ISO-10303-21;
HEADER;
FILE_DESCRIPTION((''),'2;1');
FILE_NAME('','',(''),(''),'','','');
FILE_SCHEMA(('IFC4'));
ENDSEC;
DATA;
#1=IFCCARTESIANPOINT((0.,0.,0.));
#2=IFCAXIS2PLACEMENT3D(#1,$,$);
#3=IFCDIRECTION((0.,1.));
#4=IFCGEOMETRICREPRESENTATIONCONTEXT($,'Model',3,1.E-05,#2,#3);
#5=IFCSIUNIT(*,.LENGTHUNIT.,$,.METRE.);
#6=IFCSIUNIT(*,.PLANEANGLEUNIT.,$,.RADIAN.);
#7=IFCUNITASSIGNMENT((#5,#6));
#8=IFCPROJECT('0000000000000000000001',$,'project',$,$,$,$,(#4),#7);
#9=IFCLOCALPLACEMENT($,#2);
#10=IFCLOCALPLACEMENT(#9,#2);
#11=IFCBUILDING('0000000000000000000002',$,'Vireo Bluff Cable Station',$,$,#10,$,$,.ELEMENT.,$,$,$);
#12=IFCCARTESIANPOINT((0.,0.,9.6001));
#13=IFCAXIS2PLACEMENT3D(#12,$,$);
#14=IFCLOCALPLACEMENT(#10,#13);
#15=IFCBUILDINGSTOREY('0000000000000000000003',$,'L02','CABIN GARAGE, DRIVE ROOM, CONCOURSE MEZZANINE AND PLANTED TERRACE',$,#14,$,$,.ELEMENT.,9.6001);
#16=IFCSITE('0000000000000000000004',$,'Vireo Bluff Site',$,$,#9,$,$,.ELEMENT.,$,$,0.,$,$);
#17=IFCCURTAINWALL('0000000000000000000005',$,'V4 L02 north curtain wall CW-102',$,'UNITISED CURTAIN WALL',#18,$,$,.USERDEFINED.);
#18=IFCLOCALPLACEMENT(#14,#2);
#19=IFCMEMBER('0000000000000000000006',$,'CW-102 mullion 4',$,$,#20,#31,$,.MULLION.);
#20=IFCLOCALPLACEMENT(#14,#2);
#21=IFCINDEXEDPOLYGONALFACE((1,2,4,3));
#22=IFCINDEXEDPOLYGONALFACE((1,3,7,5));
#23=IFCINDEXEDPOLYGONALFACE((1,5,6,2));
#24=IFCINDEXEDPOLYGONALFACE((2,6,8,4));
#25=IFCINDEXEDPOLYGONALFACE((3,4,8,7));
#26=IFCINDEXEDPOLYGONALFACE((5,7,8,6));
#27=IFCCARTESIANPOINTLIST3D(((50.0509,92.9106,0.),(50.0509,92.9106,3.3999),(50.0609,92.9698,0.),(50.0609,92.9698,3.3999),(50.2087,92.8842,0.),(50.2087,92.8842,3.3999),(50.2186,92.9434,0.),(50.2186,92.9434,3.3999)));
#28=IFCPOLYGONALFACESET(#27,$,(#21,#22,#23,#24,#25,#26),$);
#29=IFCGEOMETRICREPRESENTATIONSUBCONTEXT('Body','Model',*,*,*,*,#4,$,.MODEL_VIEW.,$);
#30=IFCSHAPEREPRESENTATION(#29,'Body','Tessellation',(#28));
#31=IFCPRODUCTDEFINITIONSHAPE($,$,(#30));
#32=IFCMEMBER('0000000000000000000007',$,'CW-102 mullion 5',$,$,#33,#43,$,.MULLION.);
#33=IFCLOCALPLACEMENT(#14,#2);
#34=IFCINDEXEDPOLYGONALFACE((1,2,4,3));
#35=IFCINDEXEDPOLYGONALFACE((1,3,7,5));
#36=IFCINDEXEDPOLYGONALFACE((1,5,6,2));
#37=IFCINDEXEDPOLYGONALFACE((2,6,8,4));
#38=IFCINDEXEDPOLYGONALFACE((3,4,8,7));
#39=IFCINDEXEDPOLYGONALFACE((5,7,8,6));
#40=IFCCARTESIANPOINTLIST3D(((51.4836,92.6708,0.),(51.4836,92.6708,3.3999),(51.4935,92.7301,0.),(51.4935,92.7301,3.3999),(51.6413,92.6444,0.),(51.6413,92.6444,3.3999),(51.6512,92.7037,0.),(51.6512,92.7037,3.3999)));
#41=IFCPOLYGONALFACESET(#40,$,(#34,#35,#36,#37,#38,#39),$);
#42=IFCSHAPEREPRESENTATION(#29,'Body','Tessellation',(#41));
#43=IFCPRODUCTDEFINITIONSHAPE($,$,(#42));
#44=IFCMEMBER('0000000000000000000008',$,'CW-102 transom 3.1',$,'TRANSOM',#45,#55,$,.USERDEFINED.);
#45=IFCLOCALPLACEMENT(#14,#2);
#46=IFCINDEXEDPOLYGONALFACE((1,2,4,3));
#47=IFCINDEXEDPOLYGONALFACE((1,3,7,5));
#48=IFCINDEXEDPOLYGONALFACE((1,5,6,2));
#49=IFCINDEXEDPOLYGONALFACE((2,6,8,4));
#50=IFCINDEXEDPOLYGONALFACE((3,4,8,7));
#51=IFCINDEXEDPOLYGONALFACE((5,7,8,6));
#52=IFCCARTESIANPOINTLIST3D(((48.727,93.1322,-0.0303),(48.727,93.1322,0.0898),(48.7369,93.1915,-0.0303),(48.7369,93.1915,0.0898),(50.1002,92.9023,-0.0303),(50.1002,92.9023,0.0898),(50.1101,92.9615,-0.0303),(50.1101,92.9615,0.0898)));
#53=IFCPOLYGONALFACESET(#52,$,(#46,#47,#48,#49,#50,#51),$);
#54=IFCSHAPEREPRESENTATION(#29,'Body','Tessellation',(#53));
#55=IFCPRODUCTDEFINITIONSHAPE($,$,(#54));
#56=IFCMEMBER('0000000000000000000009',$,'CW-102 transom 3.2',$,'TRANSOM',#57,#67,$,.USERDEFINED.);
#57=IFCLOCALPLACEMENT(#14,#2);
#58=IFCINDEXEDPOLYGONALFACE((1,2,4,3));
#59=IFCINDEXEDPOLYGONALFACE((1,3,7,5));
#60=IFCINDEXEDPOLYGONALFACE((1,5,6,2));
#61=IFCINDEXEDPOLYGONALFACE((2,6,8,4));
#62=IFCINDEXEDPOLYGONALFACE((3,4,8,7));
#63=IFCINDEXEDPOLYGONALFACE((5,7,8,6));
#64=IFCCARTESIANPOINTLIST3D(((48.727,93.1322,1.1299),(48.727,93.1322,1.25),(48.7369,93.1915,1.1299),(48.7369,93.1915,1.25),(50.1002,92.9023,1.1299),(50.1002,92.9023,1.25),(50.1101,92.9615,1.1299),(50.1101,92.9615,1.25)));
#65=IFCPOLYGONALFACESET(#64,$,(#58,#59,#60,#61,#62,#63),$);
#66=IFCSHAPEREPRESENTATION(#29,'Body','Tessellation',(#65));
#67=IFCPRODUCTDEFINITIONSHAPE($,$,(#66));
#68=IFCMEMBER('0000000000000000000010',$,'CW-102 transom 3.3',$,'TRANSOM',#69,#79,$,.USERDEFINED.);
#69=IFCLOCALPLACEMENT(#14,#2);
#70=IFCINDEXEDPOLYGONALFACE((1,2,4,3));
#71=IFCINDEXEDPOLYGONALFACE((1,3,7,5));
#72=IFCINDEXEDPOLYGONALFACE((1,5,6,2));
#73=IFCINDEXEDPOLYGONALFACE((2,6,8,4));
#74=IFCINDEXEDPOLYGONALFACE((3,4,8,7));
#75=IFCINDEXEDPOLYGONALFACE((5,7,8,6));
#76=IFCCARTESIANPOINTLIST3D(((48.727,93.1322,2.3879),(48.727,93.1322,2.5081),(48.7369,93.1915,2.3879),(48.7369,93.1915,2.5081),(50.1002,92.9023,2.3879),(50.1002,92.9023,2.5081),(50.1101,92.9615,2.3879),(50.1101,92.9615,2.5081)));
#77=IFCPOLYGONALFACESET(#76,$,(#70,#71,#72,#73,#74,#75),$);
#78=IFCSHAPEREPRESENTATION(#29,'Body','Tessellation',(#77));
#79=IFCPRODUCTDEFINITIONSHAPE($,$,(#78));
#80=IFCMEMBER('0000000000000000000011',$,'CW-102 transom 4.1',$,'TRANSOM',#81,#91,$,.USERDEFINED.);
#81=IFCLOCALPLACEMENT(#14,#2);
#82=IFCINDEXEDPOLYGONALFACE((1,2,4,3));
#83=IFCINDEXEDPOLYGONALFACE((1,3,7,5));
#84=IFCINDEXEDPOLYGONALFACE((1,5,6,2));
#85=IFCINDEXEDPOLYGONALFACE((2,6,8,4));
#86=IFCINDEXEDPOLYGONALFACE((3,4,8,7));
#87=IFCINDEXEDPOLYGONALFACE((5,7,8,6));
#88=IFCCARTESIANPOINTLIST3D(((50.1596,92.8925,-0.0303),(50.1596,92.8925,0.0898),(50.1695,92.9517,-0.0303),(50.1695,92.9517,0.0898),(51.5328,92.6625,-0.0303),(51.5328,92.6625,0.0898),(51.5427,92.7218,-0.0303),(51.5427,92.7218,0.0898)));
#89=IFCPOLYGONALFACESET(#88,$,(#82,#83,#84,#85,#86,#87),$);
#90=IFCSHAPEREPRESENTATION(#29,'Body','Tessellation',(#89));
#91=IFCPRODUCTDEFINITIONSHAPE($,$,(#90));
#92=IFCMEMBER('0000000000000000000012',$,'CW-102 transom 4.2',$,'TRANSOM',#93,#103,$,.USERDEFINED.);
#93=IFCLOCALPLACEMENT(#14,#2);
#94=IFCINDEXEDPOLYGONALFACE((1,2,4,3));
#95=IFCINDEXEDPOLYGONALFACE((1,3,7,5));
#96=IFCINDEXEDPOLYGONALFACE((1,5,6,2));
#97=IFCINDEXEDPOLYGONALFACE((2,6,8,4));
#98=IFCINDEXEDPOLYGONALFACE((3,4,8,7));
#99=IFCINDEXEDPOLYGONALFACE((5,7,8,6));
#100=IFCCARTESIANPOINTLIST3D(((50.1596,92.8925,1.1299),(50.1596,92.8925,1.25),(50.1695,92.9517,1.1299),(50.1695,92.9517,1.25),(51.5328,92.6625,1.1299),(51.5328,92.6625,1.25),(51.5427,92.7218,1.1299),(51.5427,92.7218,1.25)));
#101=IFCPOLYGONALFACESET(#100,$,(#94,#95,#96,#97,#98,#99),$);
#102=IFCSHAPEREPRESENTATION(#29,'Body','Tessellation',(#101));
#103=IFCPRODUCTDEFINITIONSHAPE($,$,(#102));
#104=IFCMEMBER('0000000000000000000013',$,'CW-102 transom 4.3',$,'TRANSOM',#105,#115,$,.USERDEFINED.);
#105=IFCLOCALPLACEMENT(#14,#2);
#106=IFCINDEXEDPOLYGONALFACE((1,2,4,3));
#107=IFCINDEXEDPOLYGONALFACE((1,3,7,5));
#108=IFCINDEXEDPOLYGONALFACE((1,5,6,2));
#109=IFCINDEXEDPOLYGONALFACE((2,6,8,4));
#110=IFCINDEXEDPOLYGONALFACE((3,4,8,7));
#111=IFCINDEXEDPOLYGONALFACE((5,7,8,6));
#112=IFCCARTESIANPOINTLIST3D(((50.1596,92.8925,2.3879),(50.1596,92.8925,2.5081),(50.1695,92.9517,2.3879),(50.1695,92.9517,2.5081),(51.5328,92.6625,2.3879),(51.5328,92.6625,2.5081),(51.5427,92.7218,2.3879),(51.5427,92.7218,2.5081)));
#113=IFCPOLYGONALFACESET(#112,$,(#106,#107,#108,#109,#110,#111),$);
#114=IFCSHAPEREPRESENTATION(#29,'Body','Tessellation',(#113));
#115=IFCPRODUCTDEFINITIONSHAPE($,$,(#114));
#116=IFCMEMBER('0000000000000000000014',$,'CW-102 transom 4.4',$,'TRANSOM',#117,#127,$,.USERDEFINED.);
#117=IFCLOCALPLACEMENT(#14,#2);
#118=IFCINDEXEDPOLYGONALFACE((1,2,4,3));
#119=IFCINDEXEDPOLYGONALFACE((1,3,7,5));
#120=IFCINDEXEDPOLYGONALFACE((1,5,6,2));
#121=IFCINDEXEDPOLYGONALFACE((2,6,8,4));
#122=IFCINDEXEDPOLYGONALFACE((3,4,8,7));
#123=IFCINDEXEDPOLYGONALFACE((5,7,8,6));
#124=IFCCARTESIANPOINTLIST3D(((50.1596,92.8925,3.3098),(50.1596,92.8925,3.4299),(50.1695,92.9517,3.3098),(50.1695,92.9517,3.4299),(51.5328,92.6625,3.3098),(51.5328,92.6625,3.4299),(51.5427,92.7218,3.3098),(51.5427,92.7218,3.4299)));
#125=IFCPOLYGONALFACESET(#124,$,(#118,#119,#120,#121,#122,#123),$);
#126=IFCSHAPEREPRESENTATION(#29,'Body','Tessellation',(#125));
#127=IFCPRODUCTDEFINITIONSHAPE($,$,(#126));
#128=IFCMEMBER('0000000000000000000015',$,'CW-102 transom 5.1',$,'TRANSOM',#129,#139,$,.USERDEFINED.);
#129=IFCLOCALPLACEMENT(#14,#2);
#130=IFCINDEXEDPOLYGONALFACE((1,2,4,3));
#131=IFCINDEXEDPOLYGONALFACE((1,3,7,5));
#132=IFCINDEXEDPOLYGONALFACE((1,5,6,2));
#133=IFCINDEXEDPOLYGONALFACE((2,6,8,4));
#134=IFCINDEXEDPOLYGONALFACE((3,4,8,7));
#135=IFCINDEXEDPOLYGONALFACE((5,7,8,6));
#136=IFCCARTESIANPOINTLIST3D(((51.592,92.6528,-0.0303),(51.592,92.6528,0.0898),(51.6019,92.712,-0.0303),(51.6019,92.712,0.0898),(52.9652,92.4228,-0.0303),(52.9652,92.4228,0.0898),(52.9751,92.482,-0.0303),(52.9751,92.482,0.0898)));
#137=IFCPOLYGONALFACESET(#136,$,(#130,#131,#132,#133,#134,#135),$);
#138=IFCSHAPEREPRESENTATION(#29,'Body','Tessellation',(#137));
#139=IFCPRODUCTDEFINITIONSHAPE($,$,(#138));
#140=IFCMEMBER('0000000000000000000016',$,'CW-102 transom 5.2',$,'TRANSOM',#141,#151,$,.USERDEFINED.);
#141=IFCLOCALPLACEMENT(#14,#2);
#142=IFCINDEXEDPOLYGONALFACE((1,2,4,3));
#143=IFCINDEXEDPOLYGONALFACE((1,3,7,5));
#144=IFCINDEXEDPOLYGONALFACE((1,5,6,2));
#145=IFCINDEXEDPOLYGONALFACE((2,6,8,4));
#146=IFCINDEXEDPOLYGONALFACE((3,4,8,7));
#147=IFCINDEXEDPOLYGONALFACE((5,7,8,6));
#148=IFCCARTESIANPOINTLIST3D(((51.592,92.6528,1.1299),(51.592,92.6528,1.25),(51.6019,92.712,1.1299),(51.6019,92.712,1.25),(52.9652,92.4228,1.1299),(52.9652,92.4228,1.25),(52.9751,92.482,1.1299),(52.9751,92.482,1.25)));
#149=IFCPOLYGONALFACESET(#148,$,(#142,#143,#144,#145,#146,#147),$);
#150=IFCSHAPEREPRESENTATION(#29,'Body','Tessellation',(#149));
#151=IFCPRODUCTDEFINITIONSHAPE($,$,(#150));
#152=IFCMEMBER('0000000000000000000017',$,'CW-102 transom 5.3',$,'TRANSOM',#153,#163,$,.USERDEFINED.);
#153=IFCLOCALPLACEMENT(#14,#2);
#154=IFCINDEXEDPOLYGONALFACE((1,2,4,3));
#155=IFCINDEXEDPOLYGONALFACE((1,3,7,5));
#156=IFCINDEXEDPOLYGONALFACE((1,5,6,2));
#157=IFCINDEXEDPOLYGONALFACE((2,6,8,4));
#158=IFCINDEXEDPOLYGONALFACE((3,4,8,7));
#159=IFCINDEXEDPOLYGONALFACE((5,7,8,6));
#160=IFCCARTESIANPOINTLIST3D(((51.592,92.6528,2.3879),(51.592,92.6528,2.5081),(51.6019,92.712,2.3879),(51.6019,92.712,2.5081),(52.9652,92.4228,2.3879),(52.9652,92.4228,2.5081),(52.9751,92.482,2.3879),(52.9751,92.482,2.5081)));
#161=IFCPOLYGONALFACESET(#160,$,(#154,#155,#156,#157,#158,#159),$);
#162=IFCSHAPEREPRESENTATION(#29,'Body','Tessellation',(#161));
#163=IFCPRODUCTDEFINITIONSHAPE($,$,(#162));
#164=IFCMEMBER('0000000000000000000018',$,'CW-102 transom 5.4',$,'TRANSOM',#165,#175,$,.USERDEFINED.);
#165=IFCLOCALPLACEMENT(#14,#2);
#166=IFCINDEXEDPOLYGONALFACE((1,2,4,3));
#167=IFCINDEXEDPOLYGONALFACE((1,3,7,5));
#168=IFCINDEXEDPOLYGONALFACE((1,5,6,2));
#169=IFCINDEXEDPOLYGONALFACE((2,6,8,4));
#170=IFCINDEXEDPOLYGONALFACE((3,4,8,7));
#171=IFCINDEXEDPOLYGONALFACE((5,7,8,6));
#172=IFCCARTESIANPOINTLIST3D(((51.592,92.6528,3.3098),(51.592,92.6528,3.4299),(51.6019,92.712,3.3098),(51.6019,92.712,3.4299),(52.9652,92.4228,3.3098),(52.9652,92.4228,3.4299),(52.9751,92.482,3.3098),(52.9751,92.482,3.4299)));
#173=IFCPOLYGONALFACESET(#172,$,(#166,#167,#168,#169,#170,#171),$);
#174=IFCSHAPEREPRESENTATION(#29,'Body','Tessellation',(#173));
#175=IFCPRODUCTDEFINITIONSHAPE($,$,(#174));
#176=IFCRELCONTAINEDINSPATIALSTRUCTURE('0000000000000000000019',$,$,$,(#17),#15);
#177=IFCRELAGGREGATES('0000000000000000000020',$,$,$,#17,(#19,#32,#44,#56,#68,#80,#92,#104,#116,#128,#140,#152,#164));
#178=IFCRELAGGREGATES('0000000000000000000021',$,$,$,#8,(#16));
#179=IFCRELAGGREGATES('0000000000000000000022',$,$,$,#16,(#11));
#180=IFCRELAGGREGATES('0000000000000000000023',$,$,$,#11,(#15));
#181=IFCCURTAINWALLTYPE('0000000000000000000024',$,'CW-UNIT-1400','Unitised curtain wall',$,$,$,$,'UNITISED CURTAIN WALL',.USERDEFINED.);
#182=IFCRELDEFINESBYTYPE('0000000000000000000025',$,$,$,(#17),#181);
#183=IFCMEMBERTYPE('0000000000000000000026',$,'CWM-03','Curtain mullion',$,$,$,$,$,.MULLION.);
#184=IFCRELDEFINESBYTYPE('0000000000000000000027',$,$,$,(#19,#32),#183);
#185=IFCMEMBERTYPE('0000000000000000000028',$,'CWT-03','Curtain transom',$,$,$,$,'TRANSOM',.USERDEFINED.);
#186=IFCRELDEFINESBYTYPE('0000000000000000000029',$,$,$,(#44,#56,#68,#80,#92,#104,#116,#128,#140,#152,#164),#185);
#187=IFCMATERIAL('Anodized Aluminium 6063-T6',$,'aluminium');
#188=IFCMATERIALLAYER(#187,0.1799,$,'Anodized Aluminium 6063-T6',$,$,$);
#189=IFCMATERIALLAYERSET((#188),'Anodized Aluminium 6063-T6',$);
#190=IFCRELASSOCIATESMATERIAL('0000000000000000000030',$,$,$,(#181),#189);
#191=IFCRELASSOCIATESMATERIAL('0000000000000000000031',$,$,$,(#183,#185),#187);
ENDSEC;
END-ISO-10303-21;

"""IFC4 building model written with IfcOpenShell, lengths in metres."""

from ifc_helpers import new_model, si_unit, direction, frame, origin, origin_2d, place, context, subcontext, project, spatial, rectangle, extrude, material, layer, layer_set, material_profile, profile_set, type_object, element, aggregate, save


model = new_model("IFC4")

# Units and contexts
model_context = context("Model", 3, precision=1e-05, world=origin(), true_north=direction((0.0, 1.0)))
body_context = subcontext(model_context, "Body", "Model", "MODEL_VIEW")
ifc_project = project(units=[si_unit("LENGTHUNIT", "METRE"), si_unit("PLANEANGLEUNIT", "RADIAN")], contexts=[model_context])

# Site, building, storey
site_placement = place(None, origin())
site = spatial("IfcSite", under=ifc_project, at=site_placement, Name="Vireo Bluff Site", CompositionType="ELEMENT", RefElevation=0.0)
building_placement = place(site_placement, origin())
building = spatial("IfcBuilding", under=site, at=building_placement, Name="Vireo Bluff Cable Station", CompositionType="ELEMENT")
storey_placement = place(building_placement, frame((0.0, 0.0, 9.6001)))
storey = spatial("IfcBuildingStorey", under=building, at=storey_placement, Name="L02", Description="CABIN GARAGE, DRIVE ROOM, CONCOURSE MEZZANINE AND PLANTED TERRACE", CompositionType="ELEMENT", Elevation=9.6001)

# Curtain wall, members
ifc_material_1 = material(Name="Anodized Aluminium 6063-T6", Category="aluminium")
ifc_layer_1 = layer(ifc_material_1, 0.1799, Name="Anodized Aluminium 6063-T6")
ifc_layer_set_1 = layer_set([ifc_layer_1], Name="Anodized Aluminium 6063-T6")
curtain_wall_type = type_object("IfcCurtainWallType", Name="CW-UNIT-1400", Description="Unitised curtain wall", ElementType="UNITISED CURTAIN WALL", PredefinedType="USERDEFINED", material=ifc_layer_set_1)
curtain_wall_placement = place(storey_placement, origin())
curtain_wall = element("IfcCurtainWall", 1, at=curtain_wall_placement, inside=storey, type_object=curtain_wall_type, Name="V4 L02 north curtain wall CW-102", ObjectType="UNITISED CURTAIN WALL", PredefinedType="USERDEFINED")
ifc_material_profile_1 = material_profile(ifc_material_1, rectangle(XDim=0.0601, YDim=0.1599, at=origin_2d()), Name="ALU-M-60X160")
ifc_profile_set_1 = profile_set([ifc_material_profile_1], Name="Anodized Aluminium 6063-T6")
member_type_1 = type_object("IfcMemberType", Name="CWM-03", Description="Curtain mullion", PredefinedType="MULLION", material=ifc_profile_set_1)
member_1_placement = place(storey_placement, frame((50.1348, 92.927, 0.0), z_axis=(0.0, 0.0, 1.0), x_axis=(0.165048, 0.986286, 0.0)))
member_1 = element("IfcMember", 2, at=member_1_placement, type_object=member_type_1, Name="CW-102 mullion 4", PredefinedType="MULLION", context=body_context, shape_type="SweptSolid", body=[
    extrude(rectangle(XDim=0.0601, YDim=0.1599, at=origin_2d()), origin(), (0.0, 0.0, 1.0), 3.3999),
])
member_2_placement = place(storey_placement, frame((51.5674, 92.6873, 0.0), z_axis=(0.0, 0.0, 1.0), x_axis=(0.165048, 0.986286, 0.0)))
member_2 = element("IfcMember", 3, at=member_2_placement, type_object=member_type_1, Name="CW-102 mullion 5", PredefinedType="MULLION", context=body_context, shape_type="SweptSolid", body=[
    extrude(rectangle(XDim=0.0601, YDim=0.1599, at=origin_2d()), origin(), (0.0, 0.0, 1.0), 3.3999),
])
ifc_material_profile_2 = material_profile(ifc_material_1, rectangle(XDim=0.0601, YDim=0.1201, at=origin_2d()), Name="ALU-T-60X120")
ifc_profile_set_2 = profile_set([ifc_material_profile_2], Name="Anodized Aluminium 6063-T6")
member_type_2 = type_object("IfcMemberType", Name="CWT-03", Description="Curtain transom", ElementType="TRANSOM", PredefinedType="USERDEFINED", material=ifc_profile_set_2)
member_3_placement = place(storey_placement, frame((48.7319, 93.1619, 0.0298), z_axis=(0.986266, -0.165167, 0.0), x_axis=(0.165167, 0.986266, 0.0)))
member_3 = element("IfcMember", 4, at=member_3_placement, type_object=member_type_2, Name="CW-102 transom 3.1", ObjectType="TRANSOM", PredefinedType="USERDEFINED", context=body_context, shape_type="SweptSolid", body=[
    extrude(rectangle(XDim=0.0601, YDim=0.1201, at=origin_2d()), origin(), (0.0, 0.0, 1.0), 1.3923),
])
member_4_placement = place(storey_placement, frame((48.7319, 93.1619, 1.1899), z_axis=(0.986266, -0.165167, 0.0), x_axis=(0.165167, 0.986266, 0.0)))
member_4 = element("IfcMember", 5, at=member_4_placement, type_object=member_type_2, Name="CW-102 transom 3.2", ObjectType="TRANSOM", PredefinedType="USERDEFINED", context=body_context, shape_type="SweptSolid", body=[
    extrude(rectangle(XDim=0.0601, YDim=0.1201, at=origin_2d()), origin(), (0.0, 0.0, 1.0), 1.3923),
])
member_5_placement = place(storey_placement, frame((48.7319, 93.1619, 2.448), z_axis=(0.986266, -0.165167, 0.0), x_axis=(0.165167, 0.986266, 0.0)))
member_5 = element("IfcMember", 6, at=member_5_placement, type_object=member_type_2, Name="CW-102 transom 3.3", ObjectType="TRANSOM", PredefinedType="USERDEFINED", context=body_context, shape_type="SweptSolid", body=[
    extrude(rectangle(XDim=0.0601, YDim=0.1201, at=origin_2d()), origin(), (0.0, 0.0, 1.0), 1.3923),
])
member_6_placement = place(storey_placement, frame((50.1646, 92.9221, 0.0298), z_axis=(0.986266, -0.165167, 0.0), x_axis=(0.165167, 0.986266, 0.0)))
member_6 = element("IfcMember", 7, at=member_6_placement, type_object=member_type_2, Name="CW-102 transom 4.1", ObjectType="TRANSOM", PredefinedType="USERDEFINED", context=body_context, shape_type="SweptSolid", body=[
    extrude(rectangle(XDim=0.0601, YDim=0.1201, at=origin_2d()), origin(), (0.0, 0.0, 1.0), 1.3923),
])
member_7_placement = place(storey_placement, frame((50.1646, 92.9221, 1.1899), z_axis=(0.986266, -0.165167, 0.0), x_axis=(0.165167, 0.986266, 0.0)))
member_7 = element("IfcMember", 8, at=member_7_placement, type_object=member_type_2, Name="CW-102 transom 4.2", ObjectType="TRANSOM", PredefinedType="USERDEFINED", context=body_context, shape_type="SweptSolid", body=[
    extrude(rectangle(XDim=0.0601, YDim=0.1201, at=origin_2d()), origin(), (0.0, 0.0, 1.0), 1.3923),
])
member_8_placement = place(storey_placement, frame((50.1646, 92.9221, 2.448), z_axis=(0.986266, -0.165167, 0.0), x_axis=(0.165167, 0.986266, 0.0)))
member_8 = element("IfcMember", 9, at=member_8_placement, type_object=member_type_2, Name="CW-102 transom 4.3", ObjectType="TRANSOM", PredefinedType="USERDEFINED", context=body_context, shape_type="SweptSolid", body=[
    extrude(rectangle(XDim=0.0601, YDim=0.1201, at=origin_2d()), origin(), (0.0, 0.0, 1.0), 1.3923),
])
member_9_placement = place(storey_placement, frame((50.1646, 92.9221, 3.3699), z_axis=(0.986266, -0.165167, 0.0), x_axis=(0.165167, 0.986266, 0.0)))
member_9 = element("IfcMember", 10, at=member_9_placement, type_object=member_type_2, Name="CW-102 transom 4.4", ObjectType="TRANSOM", PredefinedType="USERDEFINED", context=body_context, shape_type="SweptSolid", body=[
    extrude(rectangle(XDim=0.0601, YDim=0.1201, at=origin_2d()), origin(), (0.0, 0.0, 1.0), 1.3923),
])
member_10_placement = place(storey_placement, frame((51.5969, 92.6824, 0.0298), z_axis=(0.986266, -0.165167, 0.0), x_axis=(0.165167, 0.986266, 0.0)))
member_10 = element("IfcMember", 11, at=member_10_placement, type_object=member_type_2, Name="CW-102 transom 5.1", ObjectType="TRANSOM", PredefinedType="USERDEFINED", context=body_context, shape_type="SweptSolid", body=[
    extrude(rectangle(XDim=0.0601, YDim=0.1201, at=origin_2d()), origin(), (0.0, 0.0, 1.0), 1.3923),
])
member_11_placement = place(storey_placement, frame((51.5969, 92.6824, 1.1899), z_axis=(0.986266, -0.165167, 0.0), x_axis=(0.165167, 0.986266, 0.0)))
member_11 = element("IfcMember", 12, at=member_11_placement, type_object=member_type_2, Name="CW-102 transom 5.2", ObjectType="TRANSOM", PredefinedType="USERDEFINED", context=body_context, shape_type="SweptSolid", body=[
    extrude(rectangle(XDim=0.0601, YDim=0.1201, at=origin_2d()), origin(), (0.0, 0.0, 1.0), 1.3923),
])
member_12_placement = place(storey_placement, frame((51.5969, 92.6824, 2.448), z_axis=(0.986266, -0.165167, 0.0), x_axis=(0.165167, 0.986266, 0.0)))
member_12 = element("IfcMember", 13, at=member_12_placement, type_object=member_type_2, Name="CW-102 transom 5.3", ObjectType="TRANSOM", PredefinedType="USERDEFINED", context=body_context, shape_type="SweptSolid", body=[
    extrude(rectangle(XDim=0.0601, YDim=0.1201, at=origin_2d()), origin(), (0.0, 0.0, 1.0), 1.3923),
])
member_13_placement = place(storey_placement, frame((51.5969, 92.6824, 3.3699), z_axis=(0.986266, -0.165167, 0.0), x_axis=(0.165167, 0.986266, 0.0)))
member_13 = element("IfcMember", 14, at=member_13_placement, type_object=member_type_2, Name="CW-102 transom 5.4", ObjectType="TRANSOM", PredefinedType="USERDEFINED", context=body_context, shape_type="SweptSolid", body=[
    extrude(rectangle(XDim=0.0601, YDim=0.1201, at=origin_2d()), origin(), (0.0, 0.0, 1.0), 1.3923),
])

aggregate(curtain_wall, [member_1, member_2, member_3, member_4, member_5, member_6, member_7, member_8, member_9, member_10, member_11, member_12, member_13])

save(model, "model.ifc")
